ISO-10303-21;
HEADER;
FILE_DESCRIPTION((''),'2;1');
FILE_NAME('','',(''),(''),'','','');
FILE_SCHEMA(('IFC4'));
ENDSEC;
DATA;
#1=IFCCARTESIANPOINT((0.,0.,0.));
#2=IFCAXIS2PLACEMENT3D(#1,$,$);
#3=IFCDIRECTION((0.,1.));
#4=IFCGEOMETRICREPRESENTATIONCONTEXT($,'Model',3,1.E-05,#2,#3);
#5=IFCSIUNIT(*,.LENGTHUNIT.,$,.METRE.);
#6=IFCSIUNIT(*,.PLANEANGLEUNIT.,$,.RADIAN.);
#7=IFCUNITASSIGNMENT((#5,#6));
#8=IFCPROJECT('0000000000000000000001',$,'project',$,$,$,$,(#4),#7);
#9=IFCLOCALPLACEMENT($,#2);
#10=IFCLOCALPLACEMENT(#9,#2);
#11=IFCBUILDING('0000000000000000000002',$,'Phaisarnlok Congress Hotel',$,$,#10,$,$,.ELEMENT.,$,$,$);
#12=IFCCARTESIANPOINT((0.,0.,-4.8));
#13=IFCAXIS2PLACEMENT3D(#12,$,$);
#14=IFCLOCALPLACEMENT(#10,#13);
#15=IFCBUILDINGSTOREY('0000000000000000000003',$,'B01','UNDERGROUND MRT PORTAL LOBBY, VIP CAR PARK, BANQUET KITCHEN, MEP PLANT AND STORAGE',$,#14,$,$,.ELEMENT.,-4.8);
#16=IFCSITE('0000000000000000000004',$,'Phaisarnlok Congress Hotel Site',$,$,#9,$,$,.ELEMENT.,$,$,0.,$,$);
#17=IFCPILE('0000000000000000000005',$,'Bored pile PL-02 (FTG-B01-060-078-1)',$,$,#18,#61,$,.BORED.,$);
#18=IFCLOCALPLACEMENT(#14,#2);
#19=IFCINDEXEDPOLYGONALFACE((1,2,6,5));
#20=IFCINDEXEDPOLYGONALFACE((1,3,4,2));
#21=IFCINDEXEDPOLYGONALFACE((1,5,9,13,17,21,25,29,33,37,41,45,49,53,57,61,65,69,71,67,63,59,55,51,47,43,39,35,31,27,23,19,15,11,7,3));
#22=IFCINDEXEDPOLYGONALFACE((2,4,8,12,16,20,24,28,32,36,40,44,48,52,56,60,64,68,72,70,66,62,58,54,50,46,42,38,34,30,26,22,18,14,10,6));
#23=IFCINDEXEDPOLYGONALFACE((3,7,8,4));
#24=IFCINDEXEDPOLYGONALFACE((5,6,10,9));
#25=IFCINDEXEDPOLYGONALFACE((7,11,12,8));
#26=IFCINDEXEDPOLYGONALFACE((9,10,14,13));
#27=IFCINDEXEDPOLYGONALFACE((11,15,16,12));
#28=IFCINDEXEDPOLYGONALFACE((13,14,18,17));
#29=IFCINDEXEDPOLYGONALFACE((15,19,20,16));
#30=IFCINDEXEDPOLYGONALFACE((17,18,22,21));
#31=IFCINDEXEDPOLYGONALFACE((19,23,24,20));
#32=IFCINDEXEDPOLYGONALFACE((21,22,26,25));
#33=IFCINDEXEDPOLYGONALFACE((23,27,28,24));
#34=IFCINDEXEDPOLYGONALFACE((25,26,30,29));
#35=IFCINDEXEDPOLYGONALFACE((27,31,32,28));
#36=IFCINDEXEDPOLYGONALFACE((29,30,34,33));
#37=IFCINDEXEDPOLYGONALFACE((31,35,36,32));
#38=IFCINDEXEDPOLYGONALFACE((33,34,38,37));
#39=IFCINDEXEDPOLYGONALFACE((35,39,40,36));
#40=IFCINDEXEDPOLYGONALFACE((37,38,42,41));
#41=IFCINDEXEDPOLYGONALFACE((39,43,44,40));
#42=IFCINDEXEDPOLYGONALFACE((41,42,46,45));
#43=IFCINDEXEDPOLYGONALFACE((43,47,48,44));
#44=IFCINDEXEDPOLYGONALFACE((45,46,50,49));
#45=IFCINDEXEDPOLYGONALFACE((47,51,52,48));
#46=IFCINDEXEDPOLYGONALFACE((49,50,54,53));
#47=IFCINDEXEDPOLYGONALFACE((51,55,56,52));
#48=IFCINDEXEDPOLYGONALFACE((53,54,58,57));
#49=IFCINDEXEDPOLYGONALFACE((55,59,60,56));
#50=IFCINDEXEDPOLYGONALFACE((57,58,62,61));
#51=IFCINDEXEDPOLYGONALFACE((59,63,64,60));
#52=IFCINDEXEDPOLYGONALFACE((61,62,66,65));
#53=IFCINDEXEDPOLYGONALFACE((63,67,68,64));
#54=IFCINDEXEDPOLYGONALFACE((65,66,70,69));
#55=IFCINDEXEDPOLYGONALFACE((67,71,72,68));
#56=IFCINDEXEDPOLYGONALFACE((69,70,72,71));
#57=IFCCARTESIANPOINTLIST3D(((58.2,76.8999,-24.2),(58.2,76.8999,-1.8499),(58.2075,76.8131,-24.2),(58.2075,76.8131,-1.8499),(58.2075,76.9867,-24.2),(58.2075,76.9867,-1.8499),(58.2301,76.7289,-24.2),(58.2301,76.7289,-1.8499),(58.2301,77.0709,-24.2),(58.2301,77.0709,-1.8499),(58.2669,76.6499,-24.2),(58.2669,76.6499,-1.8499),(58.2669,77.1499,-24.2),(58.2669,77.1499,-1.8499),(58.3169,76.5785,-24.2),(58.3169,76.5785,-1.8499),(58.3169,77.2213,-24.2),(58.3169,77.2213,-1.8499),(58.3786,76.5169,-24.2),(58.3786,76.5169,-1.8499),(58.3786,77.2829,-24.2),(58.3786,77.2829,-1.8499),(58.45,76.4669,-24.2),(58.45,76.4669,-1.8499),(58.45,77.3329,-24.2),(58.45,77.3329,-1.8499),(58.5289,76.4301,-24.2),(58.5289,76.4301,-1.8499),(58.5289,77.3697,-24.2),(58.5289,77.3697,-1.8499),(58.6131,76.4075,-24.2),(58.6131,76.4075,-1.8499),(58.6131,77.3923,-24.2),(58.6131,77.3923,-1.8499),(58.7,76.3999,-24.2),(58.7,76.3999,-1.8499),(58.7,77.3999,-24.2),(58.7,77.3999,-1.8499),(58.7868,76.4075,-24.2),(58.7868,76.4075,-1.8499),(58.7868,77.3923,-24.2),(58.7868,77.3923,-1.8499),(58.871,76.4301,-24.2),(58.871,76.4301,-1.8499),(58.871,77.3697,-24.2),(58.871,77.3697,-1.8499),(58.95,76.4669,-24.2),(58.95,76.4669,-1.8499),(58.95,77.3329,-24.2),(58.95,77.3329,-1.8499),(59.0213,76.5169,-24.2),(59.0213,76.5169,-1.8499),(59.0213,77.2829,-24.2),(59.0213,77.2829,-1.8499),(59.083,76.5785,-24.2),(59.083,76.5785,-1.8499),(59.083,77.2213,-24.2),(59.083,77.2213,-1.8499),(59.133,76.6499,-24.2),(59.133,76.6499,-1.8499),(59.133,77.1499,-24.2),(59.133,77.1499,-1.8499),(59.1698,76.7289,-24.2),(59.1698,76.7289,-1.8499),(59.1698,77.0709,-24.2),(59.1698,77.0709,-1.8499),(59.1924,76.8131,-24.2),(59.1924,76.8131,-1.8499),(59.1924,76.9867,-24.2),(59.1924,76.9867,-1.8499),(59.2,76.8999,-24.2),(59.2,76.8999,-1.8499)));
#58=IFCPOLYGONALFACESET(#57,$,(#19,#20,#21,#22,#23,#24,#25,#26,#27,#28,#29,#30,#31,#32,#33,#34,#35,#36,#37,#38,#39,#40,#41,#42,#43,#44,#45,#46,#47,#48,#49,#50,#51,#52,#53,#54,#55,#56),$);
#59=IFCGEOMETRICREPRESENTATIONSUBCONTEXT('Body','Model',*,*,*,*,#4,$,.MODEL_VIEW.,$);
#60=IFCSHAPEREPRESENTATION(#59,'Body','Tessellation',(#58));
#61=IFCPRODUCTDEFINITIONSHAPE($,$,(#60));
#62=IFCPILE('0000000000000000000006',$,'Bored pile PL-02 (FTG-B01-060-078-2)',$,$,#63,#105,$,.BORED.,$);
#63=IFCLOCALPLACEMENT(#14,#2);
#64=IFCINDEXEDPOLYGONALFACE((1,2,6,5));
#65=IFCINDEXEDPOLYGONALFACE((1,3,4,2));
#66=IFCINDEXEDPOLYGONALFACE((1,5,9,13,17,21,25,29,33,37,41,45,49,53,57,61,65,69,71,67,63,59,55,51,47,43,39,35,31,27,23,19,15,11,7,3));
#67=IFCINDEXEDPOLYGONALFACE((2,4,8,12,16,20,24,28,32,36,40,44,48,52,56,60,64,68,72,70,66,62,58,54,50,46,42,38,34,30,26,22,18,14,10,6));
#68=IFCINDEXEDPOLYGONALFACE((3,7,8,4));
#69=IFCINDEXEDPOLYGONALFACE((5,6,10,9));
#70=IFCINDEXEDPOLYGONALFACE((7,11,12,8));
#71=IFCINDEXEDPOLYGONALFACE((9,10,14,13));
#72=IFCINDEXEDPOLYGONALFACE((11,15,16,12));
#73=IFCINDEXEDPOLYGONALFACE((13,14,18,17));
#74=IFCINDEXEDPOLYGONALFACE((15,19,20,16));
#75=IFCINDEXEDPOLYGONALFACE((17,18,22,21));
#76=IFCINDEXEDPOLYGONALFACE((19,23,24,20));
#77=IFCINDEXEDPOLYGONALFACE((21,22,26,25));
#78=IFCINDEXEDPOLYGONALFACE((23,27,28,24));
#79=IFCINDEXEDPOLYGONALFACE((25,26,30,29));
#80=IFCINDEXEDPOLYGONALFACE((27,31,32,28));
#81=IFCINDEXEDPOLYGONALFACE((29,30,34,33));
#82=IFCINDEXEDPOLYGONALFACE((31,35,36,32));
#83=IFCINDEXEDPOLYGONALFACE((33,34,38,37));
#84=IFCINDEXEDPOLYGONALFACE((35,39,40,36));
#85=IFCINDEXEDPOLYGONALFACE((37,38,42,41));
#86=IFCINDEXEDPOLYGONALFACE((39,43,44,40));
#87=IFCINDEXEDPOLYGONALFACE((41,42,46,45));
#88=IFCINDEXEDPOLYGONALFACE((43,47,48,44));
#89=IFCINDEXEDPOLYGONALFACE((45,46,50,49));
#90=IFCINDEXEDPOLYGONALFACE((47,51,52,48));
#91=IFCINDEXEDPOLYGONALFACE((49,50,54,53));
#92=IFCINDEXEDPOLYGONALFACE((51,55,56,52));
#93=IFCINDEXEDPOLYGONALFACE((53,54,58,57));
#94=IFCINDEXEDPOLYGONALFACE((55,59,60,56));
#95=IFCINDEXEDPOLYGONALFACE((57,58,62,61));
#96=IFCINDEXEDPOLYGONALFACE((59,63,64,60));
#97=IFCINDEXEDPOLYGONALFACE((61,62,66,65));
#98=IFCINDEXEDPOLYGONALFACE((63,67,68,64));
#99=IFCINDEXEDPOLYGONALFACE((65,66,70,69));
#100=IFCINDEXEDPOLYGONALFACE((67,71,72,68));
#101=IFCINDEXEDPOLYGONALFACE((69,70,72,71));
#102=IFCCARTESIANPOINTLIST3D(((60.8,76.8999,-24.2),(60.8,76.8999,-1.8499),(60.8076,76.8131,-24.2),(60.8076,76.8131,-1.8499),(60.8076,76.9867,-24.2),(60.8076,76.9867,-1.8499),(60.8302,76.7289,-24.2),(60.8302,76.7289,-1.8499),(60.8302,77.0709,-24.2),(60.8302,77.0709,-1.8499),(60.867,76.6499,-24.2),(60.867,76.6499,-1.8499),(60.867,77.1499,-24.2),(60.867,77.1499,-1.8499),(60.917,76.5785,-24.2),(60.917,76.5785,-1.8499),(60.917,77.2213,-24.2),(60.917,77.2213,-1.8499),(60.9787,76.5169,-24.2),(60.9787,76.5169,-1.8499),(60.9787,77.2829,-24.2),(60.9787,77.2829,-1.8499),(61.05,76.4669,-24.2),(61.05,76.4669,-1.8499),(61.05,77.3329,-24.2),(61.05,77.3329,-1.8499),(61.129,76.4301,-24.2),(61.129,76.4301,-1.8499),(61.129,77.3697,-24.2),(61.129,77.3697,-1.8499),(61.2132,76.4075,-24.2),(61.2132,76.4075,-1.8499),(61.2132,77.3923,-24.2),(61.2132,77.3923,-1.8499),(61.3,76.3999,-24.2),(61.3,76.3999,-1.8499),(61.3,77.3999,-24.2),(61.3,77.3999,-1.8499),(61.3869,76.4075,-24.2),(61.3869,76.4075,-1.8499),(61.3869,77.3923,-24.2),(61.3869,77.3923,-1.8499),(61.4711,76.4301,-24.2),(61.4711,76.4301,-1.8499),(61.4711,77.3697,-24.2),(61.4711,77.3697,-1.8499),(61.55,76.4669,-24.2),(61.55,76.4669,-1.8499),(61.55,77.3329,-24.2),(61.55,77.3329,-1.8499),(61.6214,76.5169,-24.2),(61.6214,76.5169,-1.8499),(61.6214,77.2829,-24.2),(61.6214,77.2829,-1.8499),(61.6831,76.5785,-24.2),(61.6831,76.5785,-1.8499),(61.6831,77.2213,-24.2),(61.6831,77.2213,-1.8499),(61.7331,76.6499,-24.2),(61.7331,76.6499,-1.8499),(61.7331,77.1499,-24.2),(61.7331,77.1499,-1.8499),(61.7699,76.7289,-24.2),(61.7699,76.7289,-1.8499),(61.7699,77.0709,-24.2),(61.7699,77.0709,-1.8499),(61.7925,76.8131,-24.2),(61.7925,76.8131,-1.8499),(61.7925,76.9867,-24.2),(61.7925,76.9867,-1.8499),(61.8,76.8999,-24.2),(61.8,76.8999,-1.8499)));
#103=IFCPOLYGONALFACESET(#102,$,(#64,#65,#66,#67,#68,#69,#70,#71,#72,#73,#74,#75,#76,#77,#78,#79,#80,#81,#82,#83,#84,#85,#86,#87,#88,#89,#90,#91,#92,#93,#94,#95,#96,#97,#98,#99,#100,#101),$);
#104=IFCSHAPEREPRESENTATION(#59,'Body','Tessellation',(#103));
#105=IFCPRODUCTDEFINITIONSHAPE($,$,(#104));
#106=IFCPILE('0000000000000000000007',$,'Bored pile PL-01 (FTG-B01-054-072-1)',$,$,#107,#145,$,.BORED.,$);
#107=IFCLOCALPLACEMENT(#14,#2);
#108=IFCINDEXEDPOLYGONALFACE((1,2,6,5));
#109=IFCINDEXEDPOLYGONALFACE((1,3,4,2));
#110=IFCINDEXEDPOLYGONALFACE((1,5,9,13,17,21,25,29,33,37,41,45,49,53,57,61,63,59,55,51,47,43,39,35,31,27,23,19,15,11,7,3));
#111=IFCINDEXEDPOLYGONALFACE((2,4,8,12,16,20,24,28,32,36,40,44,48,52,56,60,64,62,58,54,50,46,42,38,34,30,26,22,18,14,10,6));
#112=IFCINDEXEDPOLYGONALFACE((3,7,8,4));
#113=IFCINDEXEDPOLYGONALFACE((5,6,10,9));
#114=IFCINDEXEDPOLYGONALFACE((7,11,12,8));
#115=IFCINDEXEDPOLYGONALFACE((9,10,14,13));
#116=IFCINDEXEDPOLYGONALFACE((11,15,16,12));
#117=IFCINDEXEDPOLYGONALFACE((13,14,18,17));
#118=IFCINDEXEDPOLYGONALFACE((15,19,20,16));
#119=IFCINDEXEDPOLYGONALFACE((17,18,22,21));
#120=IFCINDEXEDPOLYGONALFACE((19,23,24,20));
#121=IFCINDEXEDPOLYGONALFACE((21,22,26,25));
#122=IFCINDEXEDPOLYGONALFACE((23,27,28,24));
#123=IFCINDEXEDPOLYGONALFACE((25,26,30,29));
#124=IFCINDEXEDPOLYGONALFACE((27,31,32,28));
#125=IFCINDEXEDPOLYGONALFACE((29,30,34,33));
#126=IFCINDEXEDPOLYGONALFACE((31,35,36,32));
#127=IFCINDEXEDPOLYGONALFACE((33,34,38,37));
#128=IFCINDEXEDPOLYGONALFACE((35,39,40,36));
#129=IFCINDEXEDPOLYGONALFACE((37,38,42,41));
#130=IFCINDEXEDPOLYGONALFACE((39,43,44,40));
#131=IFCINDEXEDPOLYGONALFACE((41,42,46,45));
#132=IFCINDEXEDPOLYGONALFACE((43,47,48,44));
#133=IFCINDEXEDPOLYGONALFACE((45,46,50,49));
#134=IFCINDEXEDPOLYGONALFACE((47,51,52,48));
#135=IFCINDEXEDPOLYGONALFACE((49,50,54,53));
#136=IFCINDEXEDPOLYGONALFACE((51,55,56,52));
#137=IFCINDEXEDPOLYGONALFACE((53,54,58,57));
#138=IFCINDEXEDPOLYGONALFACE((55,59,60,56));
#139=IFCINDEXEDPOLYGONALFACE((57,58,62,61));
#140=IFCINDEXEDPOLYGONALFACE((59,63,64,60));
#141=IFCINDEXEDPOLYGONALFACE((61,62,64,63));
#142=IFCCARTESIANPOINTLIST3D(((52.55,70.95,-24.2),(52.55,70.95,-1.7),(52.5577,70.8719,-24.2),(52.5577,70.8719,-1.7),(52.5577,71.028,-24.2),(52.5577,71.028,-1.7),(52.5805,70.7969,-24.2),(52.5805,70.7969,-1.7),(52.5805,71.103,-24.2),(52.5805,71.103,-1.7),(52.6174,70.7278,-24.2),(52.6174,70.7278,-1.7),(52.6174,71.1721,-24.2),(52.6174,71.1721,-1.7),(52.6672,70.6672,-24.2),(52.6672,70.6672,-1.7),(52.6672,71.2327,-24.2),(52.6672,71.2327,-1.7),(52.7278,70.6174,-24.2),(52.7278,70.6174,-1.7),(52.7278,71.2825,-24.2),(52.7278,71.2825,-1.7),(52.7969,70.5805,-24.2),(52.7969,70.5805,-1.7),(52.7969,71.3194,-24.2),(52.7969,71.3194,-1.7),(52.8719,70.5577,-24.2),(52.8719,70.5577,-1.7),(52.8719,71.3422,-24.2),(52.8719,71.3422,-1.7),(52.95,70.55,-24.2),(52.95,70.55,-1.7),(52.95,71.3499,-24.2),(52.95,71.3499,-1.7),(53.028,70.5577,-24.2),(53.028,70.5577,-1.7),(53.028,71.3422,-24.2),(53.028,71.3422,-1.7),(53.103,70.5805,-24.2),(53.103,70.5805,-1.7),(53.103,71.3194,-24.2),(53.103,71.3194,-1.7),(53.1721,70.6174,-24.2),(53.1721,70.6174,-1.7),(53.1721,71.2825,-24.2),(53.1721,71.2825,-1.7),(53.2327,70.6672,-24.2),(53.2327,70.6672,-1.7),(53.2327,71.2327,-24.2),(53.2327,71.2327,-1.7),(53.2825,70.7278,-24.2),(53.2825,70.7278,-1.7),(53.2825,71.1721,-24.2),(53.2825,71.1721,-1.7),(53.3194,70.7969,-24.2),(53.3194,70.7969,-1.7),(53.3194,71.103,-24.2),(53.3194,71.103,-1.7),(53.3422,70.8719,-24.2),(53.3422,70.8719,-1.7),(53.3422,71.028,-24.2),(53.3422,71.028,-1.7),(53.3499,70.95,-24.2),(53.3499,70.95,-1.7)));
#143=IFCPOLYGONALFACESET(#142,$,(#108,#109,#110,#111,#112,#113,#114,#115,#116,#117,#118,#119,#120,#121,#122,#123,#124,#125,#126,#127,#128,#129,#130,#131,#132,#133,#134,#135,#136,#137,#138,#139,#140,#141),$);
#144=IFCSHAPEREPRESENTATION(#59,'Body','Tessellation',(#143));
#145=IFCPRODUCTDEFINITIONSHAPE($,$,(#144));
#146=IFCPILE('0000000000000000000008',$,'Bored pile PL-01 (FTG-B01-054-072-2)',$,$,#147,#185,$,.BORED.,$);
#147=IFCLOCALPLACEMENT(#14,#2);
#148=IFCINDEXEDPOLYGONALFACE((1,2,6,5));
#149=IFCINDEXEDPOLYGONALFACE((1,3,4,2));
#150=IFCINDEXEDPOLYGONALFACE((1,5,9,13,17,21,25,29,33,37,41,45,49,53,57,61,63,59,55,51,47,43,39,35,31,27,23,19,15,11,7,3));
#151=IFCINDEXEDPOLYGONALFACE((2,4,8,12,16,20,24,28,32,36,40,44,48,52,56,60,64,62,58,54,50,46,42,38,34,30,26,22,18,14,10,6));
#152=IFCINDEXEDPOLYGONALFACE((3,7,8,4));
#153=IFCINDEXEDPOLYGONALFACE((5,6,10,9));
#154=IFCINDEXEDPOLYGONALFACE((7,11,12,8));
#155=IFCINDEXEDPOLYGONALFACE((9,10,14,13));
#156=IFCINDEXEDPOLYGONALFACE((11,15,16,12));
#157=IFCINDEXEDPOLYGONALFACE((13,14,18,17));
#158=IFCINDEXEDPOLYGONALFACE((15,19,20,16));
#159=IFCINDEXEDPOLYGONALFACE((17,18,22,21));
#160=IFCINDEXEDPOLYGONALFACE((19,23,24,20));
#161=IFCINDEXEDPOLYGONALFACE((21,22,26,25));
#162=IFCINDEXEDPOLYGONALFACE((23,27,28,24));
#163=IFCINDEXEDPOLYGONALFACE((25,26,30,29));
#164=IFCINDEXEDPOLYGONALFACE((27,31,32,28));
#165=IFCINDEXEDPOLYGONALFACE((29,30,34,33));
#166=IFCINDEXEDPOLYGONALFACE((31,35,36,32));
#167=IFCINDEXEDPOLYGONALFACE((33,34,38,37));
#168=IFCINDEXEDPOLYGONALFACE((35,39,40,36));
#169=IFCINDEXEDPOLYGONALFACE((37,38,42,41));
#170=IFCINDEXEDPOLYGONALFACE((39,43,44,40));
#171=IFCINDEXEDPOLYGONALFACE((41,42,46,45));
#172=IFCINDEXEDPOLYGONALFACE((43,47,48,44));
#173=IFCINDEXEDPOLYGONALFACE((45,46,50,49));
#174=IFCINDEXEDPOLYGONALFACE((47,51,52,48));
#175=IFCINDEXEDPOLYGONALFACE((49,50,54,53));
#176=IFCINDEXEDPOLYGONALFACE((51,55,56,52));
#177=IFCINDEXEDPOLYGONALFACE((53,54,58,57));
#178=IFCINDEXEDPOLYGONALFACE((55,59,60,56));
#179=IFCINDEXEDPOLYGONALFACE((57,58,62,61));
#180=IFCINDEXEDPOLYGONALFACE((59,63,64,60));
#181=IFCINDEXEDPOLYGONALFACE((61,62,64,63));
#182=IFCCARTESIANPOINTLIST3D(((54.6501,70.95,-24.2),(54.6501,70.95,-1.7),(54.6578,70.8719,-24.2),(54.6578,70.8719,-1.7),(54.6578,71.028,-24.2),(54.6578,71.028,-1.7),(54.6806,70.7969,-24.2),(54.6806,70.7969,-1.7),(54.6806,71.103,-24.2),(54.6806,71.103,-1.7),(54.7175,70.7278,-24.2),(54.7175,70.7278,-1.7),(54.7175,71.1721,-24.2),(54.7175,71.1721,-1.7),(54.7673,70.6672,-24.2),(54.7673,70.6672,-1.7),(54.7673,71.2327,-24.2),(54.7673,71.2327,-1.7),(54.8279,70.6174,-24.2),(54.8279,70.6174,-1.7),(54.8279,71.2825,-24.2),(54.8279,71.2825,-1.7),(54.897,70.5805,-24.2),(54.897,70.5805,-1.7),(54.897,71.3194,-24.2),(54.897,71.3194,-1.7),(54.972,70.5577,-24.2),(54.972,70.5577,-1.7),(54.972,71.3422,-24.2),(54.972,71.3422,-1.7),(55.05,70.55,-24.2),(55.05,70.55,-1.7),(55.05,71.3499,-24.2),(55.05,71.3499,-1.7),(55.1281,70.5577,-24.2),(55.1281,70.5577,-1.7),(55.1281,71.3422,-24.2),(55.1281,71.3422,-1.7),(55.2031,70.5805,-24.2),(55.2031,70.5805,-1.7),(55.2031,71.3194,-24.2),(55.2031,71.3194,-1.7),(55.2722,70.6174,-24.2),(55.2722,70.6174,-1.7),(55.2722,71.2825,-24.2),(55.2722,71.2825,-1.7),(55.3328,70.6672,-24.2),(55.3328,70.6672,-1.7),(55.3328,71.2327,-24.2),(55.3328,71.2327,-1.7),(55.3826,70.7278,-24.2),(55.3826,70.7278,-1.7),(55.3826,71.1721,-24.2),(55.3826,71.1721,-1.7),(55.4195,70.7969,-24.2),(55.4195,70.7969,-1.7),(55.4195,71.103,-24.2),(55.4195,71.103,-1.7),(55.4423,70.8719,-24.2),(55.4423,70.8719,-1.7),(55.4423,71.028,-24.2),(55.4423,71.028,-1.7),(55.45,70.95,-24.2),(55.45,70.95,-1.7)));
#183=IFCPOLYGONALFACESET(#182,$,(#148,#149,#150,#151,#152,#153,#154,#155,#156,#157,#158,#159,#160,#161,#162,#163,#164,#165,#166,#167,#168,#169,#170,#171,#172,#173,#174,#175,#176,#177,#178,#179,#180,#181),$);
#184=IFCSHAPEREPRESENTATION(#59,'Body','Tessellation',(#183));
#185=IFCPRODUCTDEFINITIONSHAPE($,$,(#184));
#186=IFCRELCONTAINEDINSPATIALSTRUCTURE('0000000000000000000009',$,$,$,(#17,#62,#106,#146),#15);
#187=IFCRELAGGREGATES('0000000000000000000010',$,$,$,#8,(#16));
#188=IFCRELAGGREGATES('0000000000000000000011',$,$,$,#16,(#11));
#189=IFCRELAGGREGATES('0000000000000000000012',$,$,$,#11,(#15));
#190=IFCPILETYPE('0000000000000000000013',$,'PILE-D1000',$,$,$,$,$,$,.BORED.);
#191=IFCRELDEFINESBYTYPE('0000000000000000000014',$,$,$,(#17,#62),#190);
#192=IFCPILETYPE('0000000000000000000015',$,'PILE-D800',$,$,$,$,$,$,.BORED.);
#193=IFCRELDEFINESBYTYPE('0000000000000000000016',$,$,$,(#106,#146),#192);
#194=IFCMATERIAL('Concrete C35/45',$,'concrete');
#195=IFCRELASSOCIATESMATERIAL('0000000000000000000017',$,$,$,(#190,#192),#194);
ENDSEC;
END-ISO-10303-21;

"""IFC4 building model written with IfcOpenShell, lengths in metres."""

from ifc_helpers import new_model, si_unit, direction, frame, origin, origin_2d, place, context, subcontext, project, spatial, circle, extrude, material, material_profile, profile_set, type_object, element, save


model = new_model("IFC4")

# Units and contexts
model_context = context("Model", 3, precision=1e-05, world=origin(), true_north=direction((0.0, 1.0)))
body_context = subcontext(model_context, "Body", "Model", "MODEL_VIEW")
ifc_project = project(units=[si_unit("LENGTHUNIT", "METRE"), si_unit("PLANEANGLEUNIT", "RADIAN")], contexts=[model_context])

# Site, building, storey
site_placement = place(None, origin())
site = spatial("IfcSite", under=ifc_project, at=site_placement, Name="Phaisarnlok Congress Hotel Site", CompositionType="ELEMENT", RefElevation=0.0)
building_placement = place(site_placement, origin())
building = spatial("IfcBuilding", under=site, at=building_placement, Name="Phaisarnlok Congress Hotel", CompositionType="ELEMENT")
storey_placement = place(building_placement, frame((0.0, 0.0, -4.8)))
storey = spatial("IfcBuildingStorey", under=building, at=storey_placement, Name="B01", Description="UNDERGROUND MRT PORTAL LOBBY, VIP CAR PARK, BANQUET KITCHEN, MEP PLANT AND STORAGE", CompositionType="ELEMENT", Elevation=-4.8)

# Piles
ifc_material_1 = material(Name="Concrete C35/45", Category="concrete")
ifc_material_profile_1 = material_profile(ifc_material_1, circle(Radius=0.5, at=origin_2d()), Name="BORED PILE D1000")
ifc_profile_set_1 = profile_set([ifc_material_profile_1], Name="Concrete C35/45")
pile_type_1 = type_object("IfcPileType", Name="PILE-D1000", PredefinedType="BORED", material=ifc_profile_set_1)
for number, where, z_axis, x_axis, name in (
    (1, (58.7, 76.8999, -1.8499), (0.0, 0.0, -1.0), (1.0, 0.0, 0.0), "Bored pile PL-02 (FTG-B01-060-078-1)"),
    (2, (61.3, 76.8999, -1.8499), (0.0, 0.0, -1.0), (1.0, 0.0, 0.0), "Bored pile PL-02 (FTG-B01-060-078-2)"),
):
    element("IfcPile", number, at=place(storey_placement, frame(where, z_axis=z_axis, x_axis=x_axis)), inside=storey, type_object=pile_type_1, Name=name, PredefinedType="BORED", context=body_context, shape_type="SweptSolid", body=[
        extrude(circle(Radius=0.5, at=origin_2d()), origin(), (0.0, 0.0, 1.0), 22.3501),
    ])
ifc_material_profile_2 = material_profile(ifc_material_1, circle(Radius=0.3999, at=origin_2d()), Name="BORED PILE D800")
ifc_profile_set_2 = profile_set([ifc_material_profile_2], Name="Concrete C35/45")
pile_type_2 = type_object("IfcPileType", Name="PILE-D800", PredefinedType="BORED", material=ifc_profile_set_2)
for number, where, z_axis, x_axis, name in (
    (3, (52.95, 70.95, -1.7), (0.0, 0.0, -1.0), (1.0, 0.0, 0.0), "Bored pile PL-01 (FTG-B01-054-072-1)"),
    (4, (55.05, 70.95, -1.7), (0.0, 0.0, -1.0), (1.0, 0.0, 0.0), "Bored pile PL-01 (FTG-B01-054-072-2)"),
):
    element("IfcPile", number, at=place(storey_placement, frame(where, z_axis=z_axis, x_axis=x_axis)), inside=storey, type_object=pile_type_2, Name=name, PredefinedType="BORED", context=body_context, shape_type="SweptSolid", body=[
        extrude(circle(Radius=0.3999, at=origin_2d()), origin(), (0.0, 0.0, 1.0), 22.5),
    ])

save(model, "model.ifc")
